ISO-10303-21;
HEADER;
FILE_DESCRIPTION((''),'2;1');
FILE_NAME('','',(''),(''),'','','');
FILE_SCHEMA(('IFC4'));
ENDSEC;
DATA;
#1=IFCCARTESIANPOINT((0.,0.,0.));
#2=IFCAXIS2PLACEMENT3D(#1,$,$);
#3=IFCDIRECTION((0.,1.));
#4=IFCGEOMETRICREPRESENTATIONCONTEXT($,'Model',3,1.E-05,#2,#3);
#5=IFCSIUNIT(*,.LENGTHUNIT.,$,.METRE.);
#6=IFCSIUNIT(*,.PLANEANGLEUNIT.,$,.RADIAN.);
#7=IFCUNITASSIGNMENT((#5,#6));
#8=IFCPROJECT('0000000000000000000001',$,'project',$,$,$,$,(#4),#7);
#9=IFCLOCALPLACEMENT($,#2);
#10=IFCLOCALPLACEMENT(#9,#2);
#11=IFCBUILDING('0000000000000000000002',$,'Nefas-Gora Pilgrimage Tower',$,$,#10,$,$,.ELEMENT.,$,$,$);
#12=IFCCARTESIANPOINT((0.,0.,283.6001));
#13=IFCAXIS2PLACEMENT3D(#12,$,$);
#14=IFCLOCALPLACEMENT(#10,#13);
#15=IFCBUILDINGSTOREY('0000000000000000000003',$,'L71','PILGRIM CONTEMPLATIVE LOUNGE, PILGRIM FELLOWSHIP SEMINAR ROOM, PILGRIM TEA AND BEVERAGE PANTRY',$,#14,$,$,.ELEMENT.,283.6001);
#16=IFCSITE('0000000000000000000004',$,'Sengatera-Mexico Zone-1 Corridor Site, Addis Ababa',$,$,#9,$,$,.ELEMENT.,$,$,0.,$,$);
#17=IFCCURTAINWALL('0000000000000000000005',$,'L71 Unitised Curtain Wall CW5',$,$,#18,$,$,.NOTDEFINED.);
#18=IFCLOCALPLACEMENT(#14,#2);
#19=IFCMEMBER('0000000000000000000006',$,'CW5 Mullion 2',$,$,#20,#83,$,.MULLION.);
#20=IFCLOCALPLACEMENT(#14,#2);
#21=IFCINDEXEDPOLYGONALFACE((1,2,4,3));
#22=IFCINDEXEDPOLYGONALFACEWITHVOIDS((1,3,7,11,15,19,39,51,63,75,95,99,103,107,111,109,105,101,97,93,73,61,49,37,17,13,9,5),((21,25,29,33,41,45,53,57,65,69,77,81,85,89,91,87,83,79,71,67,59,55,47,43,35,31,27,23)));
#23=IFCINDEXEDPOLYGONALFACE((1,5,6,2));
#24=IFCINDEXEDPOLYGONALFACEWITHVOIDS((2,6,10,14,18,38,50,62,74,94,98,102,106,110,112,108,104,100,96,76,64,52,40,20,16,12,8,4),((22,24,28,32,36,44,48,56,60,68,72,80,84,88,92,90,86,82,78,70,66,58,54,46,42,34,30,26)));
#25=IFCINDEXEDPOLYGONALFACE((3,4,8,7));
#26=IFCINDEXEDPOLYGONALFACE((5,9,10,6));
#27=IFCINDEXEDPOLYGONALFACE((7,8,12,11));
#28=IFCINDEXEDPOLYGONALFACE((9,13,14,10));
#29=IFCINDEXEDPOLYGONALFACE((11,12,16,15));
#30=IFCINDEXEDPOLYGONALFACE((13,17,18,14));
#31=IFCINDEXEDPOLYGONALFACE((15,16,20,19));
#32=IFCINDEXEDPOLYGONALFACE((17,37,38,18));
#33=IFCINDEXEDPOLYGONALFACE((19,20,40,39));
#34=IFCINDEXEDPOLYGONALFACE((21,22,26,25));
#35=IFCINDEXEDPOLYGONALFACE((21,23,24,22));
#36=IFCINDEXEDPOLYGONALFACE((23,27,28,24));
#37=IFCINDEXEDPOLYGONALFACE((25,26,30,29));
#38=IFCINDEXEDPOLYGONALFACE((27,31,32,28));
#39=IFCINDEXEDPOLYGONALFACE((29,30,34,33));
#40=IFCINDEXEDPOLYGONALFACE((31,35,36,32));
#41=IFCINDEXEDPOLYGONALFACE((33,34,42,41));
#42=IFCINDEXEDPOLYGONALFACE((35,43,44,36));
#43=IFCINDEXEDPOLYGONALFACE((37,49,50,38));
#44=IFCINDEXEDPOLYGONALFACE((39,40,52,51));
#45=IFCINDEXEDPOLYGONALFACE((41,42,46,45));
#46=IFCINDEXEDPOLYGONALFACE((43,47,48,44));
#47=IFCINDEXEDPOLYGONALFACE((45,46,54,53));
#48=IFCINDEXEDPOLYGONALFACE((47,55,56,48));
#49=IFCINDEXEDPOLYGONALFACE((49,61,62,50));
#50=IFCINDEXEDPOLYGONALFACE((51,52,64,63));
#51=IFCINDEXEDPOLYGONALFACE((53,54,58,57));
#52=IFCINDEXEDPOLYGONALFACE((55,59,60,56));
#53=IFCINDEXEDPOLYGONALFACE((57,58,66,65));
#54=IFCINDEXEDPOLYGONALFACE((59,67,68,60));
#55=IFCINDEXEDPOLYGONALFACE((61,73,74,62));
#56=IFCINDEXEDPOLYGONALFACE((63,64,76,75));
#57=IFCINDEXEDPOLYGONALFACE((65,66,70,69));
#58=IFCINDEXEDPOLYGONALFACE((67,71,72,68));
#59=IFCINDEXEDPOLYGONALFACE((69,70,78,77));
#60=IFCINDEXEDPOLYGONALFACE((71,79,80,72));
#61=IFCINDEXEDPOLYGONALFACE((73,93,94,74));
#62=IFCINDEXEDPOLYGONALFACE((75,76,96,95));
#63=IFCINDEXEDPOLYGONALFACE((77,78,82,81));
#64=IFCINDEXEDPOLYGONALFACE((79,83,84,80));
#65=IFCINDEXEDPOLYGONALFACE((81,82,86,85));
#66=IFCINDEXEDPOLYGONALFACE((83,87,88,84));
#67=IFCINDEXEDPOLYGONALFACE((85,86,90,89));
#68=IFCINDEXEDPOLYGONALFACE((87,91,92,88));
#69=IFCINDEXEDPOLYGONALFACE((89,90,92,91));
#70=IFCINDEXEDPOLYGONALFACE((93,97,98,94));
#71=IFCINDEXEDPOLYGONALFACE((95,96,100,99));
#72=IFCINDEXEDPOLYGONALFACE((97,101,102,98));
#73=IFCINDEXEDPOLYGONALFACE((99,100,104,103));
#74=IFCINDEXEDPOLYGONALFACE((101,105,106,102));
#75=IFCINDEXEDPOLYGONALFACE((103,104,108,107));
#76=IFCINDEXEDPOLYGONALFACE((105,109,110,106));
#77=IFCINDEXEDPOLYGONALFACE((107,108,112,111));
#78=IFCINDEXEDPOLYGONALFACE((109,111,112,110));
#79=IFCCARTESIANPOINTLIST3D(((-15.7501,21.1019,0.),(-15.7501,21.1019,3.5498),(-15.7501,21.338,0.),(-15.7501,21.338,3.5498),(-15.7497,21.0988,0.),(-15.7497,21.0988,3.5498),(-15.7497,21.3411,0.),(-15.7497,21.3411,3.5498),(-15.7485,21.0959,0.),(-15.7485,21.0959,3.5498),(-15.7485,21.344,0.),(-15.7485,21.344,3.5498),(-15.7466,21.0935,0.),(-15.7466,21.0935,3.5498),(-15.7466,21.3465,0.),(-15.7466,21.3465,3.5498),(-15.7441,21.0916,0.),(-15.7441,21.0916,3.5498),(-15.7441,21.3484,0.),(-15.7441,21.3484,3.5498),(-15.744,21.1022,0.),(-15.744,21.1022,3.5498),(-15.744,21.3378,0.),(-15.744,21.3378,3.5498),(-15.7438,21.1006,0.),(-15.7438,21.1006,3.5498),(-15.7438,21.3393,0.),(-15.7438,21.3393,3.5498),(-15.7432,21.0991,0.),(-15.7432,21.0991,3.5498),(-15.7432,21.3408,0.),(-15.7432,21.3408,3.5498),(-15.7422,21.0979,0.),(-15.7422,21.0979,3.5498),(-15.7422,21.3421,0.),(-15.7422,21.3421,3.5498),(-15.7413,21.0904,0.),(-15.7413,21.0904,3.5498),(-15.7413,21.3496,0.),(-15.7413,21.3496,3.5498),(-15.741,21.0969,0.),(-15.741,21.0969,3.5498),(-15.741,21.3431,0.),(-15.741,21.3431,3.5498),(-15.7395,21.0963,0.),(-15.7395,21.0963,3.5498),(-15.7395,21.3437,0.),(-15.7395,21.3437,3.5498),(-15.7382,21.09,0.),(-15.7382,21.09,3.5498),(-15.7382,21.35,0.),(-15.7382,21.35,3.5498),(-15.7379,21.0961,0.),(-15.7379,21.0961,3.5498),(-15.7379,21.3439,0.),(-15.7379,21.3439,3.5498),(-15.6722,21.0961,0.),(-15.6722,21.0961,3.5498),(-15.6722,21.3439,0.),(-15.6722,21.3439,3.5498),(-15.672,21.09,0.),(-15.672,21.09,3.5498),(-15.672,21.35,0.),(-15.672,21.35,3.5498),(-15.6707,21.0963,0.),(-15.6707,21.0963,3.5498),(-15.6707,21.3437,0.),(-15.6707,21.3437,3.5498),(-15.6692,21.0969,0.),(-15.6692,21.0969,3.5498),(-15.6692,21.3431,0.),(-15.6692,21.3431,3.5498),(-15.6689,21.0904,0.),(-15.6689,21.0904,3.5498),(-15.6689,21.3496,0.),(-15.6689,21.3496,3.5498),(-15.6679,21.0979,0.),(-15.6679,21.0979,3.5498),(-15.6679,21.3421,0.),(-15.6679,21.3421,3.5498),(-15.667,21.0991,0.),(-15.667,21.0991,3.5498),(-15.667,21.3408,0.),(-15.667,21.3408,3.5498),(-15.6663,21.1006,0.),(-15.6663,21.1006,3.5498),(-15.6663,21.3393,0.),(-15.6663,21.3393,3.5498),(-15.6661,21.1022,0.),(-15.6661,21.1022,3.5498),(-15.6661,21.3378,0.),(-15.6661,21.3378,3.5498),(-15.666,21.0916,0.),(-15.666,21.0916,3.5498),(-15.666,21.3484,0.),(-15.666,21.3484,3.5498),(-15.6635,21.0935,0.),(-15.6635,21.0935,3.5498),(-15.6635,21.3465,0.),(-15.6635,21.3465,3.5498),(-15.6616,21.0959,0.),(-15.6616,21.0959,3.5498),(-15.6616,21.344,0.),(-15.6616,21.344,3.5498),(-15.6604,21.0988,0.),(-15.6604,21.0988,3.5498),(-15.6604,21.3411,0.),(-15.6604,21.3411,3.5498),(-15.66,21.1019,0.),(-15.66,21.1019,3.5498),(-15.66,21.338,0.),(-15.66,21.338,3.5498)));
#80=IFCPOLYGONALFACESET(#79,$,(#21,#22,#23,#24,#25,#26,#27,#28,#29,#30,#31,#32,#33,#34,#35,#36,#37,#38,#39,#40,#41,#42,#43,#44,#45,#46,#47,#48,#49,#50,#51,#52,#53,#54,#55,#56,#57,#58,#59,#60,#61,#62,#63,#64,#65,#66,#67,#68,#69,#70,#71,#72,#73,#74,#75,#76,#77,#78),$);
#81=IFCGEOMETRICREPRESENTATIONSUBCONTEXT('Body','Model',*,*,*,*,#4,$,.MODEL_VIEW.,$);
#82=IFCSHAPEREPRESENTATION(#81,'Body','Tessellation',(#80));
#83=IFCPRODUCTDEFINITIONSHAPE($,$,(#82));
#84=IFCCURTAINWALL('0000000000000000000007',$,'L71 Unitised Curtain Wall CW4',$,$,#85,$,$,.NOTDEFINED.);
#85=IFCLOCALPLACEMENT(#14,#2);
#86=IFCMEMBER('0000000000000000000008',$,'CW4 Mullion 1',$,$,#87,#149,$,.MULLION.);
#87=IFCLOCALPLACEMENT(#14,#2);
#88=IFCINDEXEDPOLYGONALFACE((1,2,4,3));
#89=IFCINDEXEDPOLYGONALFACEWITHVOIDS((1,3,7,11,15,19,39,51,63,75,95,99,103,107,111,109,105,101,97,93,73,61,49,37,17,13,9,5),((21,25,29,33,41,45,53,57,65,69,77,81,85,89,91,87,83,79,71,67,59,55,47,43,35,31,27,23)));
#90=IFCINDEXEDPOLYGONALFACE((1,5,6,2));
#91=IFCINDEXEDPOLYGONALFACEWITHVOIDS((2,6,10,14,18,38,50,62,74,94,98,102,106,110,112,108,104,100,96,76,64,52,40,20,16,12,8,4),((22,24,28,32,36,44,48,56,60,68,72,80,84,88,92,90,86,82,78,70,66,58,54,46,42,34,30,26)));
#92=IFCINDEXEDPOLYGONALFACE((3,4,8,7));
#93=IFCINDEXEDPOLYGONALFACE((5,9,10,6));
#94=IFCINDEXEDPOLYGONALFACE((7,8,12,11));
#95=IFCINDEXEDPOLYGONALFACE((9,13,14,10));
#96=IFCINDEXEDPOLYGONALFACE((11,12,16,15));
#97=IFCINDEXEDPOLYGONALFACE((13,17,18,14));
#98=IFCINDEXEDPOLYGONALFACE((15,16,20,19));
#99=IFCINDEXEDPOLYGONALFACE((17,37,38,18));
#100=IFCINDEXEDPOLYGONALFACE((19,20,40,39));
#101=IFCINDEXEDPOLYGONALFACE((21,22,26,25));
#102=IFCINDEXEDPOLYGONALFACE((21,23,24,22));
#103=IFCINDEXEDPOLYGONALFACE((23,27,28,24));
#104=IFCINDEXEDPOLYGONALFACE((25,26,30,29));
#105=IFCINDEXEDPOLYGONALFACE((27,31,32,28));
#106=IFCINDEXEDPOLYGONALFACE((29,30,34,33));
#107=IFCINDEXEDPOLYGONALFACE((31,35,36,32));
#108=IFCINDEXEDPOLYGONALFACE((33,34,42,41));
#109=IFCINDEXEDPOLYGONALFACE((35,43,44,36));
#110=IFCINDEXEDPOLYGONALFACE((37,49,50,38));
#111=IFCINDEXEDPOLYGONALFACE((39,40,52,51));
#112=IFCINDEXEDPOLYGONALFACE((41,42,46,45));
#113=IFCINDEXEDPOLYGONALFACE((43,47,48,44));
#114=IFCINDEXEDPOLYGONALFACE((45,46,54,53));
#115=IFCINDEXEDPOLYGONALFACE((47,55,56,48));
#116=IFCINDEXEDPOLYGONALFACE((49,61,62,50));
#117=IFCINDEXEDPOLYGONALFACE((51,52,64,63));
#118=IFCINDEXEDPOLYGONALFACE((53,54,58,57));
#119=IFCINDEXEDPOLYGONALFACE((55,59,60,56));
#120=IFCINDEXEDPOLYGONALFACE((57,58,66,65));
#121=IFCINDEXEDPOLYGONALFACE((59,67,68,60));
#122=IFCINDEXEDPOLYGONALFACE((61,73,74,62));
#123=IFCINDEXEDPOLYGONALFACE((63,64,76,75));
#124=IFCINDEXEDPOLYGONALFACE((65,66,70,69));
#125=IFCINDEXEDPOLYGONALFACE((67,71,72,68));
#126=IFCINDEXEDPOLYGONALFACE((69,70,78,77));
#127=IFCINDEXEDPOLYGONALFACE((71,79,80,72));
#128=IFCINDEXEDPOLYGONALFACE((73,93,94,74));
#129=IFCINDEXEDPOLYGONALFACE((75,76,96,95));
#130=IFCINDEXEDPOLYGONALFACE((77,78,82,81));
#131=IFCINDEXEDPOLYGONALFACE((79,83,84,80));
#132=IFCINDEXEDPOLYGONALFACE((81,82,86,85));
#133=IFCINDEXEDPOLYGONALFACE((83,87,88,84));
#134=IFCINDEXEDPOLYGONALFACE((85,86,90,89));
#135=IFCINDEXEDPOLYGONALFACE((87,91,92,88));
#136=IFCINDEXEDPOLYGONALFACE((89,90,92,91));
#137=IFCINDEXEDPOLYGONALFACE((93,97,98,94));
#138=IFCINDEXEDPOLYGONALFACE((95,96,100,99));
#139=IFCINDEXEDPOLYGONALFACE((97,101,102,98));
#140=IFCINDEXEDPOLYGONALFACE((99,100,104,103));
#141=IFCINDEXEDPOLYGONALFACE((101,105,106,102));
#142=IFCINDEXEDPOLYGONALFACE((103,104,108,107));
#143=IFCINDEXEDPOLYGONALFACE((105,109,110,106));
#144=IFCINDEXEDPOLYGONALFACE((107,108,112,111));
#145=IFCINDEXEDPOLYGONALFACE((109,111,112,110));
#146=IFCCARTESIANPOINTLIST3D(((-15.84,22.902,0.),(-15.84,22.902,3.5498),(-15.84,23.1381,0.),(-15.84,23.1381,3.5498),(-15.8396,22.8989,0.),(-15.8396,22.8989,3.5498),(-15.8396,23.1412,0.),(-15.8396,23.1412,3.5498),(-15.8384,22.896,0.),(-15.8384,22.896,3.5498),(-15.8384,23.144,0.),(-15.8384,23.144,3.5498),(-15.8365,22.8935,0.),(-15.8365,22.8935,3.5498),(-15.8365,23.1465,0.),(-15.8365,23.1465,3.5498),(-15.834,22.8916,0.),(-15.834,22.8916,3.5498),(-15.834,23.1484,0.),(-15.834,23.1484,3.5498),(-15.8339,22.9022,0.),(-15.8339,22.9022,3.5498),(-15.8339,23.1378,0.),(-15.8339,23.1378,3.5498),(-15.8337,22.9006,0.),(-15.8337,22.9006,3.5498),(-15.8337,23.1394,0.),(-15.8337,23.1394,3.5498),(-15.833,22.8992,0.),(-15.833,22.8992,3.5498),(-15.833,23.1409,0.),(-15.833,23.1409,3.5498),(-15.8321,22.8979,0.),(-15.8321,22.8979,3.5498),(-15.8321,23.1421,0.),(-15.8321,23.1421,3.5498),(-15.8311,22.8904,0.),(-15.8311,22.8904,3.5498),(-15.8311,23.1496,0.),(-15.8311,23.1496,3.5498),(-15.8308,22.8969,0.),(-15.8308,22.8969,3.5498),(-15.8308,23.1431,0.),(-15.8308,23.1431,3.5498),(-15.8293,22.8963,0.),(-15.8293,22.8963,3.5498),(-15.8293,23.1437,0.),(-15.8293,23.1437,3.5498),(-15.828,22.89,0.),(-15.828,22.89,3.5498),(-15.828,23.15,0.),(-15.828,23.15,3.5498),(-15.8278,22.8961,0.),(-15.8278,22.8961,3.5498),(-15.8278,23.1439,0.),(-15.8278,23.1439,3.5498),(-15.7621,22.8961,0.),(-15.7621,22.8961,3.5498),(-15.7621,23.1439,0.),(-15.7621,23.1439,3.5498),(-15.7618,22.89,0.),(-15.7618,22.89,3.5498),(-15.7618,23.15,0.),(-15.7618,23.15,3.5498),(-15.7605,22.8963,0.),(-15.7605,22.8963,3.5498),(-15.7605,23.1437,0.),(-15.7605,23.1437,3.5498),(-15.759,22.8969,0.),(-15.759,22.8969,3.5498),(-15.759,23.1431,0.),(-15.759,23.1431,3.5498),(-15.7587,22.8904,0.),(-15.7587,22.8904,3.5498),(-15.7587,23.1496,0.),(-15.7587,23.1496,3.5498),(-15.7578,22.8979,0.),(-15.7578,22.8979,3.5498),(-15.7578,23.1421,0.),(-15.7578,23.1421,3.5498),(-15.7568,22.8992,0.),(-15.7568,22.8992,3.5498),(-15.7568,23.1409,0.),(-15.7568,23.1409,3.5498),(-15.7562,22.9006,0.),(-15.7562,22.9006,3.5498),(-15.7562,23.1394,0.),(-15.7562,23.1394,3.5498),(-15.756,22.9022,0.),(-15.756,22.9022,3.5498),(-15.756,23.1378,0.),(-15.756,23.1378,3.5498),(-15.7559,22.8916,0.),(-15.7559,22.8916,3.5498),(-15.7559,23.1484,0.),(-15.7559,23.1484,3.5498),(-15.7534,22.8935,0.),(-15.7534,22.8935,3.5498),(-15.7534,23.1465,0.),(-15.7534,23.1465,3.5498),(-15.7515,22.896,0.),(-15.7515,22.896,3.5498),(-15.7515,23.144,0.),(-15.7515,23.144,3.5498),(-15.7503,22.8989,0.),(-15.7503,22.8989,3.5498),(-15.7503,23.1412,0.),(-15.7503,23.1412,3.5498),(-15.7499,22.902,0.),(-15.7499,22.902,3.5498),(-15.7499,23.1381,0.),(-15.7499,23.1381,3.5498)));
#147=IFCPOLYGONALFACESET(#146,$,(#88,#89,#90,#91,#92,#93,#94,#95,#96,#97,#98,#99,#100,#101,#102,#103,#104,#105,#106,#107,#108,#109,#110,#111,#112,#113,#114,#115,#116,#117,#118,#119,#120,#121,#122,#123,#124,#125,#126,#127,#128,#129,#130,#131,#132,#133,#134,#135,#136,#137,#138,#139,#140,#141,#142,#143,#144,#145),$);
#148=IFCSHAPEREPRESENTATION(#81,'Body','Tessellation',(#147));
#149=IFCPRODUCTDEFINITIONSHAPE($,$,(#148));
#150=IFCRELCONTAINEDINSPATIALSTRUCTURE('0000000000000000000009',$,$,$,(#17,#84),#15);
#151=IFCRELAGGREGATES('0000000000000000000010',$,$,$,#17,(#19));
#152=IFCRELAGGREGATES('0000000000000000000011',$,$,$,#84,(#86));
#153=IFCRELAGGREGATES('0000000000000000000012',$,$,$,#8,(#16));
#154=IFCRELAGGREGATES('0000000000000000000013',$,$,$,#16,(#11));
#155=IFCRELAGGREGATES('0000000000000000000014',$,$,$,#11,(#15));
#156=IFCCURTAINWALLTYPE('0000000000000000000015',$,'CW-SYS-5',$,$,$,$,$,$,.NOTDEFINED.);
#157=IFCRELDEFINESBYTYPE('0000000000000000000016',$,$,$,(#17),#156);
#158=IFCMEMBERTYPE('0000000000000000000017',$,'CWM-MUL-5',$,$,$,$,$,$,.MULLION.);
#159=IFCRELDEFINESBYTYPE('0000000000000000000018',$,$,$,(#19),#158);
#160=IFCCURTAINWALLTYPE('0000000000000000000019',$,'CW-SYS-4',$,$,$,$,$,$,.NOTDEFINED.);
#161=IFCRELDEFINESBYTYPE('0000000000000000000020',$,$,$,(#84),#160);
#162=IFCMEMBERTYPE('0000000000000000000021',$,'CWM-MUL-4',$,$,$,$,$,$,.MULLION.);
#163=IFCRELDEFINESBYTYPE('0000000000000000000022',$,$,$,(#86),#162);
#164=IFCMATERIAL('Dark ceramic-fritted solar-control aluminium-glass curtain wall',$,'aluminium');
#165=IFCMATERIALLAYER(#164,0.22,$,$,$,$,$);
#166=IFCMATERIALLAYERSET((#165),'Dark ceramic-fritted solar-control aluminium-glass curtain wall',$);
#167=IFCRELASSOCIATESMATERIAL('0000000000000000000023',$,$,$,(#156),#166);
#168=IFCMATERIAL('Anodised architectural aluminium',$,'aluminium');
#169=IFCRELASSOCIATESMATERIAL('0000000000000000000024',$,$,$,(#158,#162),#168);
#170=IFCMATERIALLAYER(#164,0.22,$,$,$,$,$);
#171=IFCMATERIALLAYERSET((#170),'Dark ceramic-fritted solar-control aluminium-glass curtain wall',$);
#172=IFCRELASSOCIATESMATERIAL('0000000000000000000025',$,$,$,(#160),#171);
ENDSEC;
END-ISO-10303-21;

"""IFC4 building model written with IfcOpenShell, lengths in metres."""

from ifc_helpers import new_model, si_unit, direction, frame, origin, origin_2d, place, context, subcontext, project, spatial, hollow_rectangle, extrude, source, transform, mapped, material, layer, layer_set, material_profile, profile_set, type_object, element, aggregate, save


model = new_model("IFC4")

# Units and contexts
model_context = context("Model", 3, precision=1e-05, world=origin(), true_north=direction((0.0, 1.0)))
body_context = subcontext(model_context, "Body", "Model", "MODEL_VIEW")
ifc_project = project(units=[si_unit("LENGTHUNIT", "METRE"), si_unit("PLANEANGLEUNIT", "RADIAN")], contexts=[model_context])

# Site, building, storey
site_placement = place(None, origin())
site = spatial("IfcSite", under=ifc_project, at=site_placement, Name="Sengatera-Mexico Zone-1 Corridor Site, Addis Ababa", CompositionType="ELEMENT", RefElevation=0.0)
building_placement = place(site_placement, origin())
building = spatial("IfcBuilding", under=site, at=building_placement, Name="Nefas-Gora Pilgrimage Tower", CompositionType="ELEMENT")
storey_placement = place(building_placement, frame((0.0, 0.0, 283.6001)))
storey = spatial("IfcBuildingStorey", under=building, at=storey_placement, Name="L71", Description="PILGRIM CONTEMPLATIVE LOUNGE, PILGRIM FELLOWSHIP SEMINAR ROOM, PILGRIM TEA AND BEVERAGE PANTRY", CompositionType="ELEMENT", Elevation=283.6001)

# Curtain wall, member
ifc_material_1 = material(Name="Dark ceramic-fritted solar-control aluminium-glass curtain wall", Category="aluminium")
ifc_layer_1 = layer(ifc_material_1, 0.22)
ifc_layer_set_1 = layer_set([ifc_layer_1], Name="Dark ceramic-fritted solar-control aluminium-glass curtain wall")
curtain_wall_type_1 = type_object("IfcCurtainWallType", Name="CW-SYS-5", PredefinedType="NOTDEFINED", material=ifc_layer_set_1)
curtain_wall_1_placement = place(storey_placement, origin())
curtain_wall_1 = element("IfcCurtainWall", 1, at=curtain_wall_1_placement, inside=storey, type_object=curtain_wall_type_1, Name="L71 Unitised Curtain Wall CW5", PredefinedType="NOTDEFINED")
ifc_material_2 = material(Name="Anodised architectural aluminium", Category="aluminium")
ifc_material_profile_1 = material_profile(ifc_material_2, hollow_rectangle(XDim=0.0901, YDim=0.26, WallThickness=0.0061, InnerFilletRadius=0.0061, OuterFilletRadius=0.012, at=origin_2d()), Name="ALU MULLION 90x260")
ifc_profile_set_1 = profile_set([ifc_material_profile_1], Name="Anodised architectural aluminium")
member_type_1 = type_object("IfcMemberType", Name="CWM-MUL-5", PredefinedType="MULLION", material=ifc_profile_set_1)
shared_shape_1 = source(origin(), body_context, "Body", "SweptSolid", [
    extrude(hollow_rectangle(XDim=0.0901, YDim=0.26, WallThickness=0.0061, InnerFilletRadius=0.0061, OuterFilletRadius=0.012, at=origin_2d()), origin(), (0.0, 0.0, 1.0), 3.5498),
])
member_1_placement = place(storey_placement, frame((-15.7051, 21.22, 0.0), z_axis=(0.0, 0.0, 1.0), x_axis=(-1.0, 0.0, 0.0)))
member_1 = element("IfcMember", 2, at=member_1_placement, type_object=member_type_1, Name="CW5 Mullion 2", PredefinedType="MULLION", context=body_context, shape_type="MappedRepresentation", body=[
    mapped(shared_shape_1, transform((0.0, 0.0, 0.0), x_axis=(1.0, 0.0, 0.0), y_axis=(0.0, 1.0, 0.0), z_axis=(0.0, 0.0, 1.0), scale=1.0)),
])

# Curtain wall, member
ifc_layer_2 = layer(ifc_material_1, 0.22)
ifc_layer_set_2 = layer_set([ifc_layer_2], Name="Dark ceramic-fritted solar-control aluminium-glass curtain wall")
curtain_wall_type_2 = type_object("IfcCurtainWallType", Name="CW-SYS-4", PredefinedType="NOTDEFINED", material=ifc_layer_set_2)
curtain_wall_2_placement = place(storey_placement, origin())
curtain_wall_2 = element("IfcCurtainWall", 3, at=curtain_wall_2_placement, inside=storey, type_object=curtain_wall_type_2, Name="L71 Unitised Curtain Wall CW4", PredefinedType="NOTDEFINED")
ifc_material_profile_2 = material_profile(ifc_material_2, hollow_rectangle(XDim=0.0901, YDim=0.26, WallThickness=0.0061, InnerFilletRadius=0.0061, OuterFilletRadius=0.012, at=origin_2d()), Name="ALU MULLION 90x260")
ifc_profile_set_2 = profile_set([ifc_material_profile_2], Name="Anodised architectural aluminium")
member_type_2 = type_object("IfcMemberType", Name="CWM-MUL-4", PredefinedType="MULLION", material=ifc_profile_set_2)
shared_shape_2 = source(origin(), body_context, "Body", "SweptSolid", [
    extrude(hollow_rectangle(XDim=0.0901, YDim=0.26, WallThickness=0.0061, InnerFilletRadius=0.0061, OuterFilletRadius=0.012, at=origin_2d()), origin(), (0.0, 0.0, 1.0), 3.5498),
])
member_2_placement = place(storey_placement, frame((-15.7949, 23.02, 0.0), z_axis=(0.0, 0.0, 1.0), x_axis=(-1.0, 0.0, 0.0)))
member_2 = element("IfcMember", 4, at=member_2_placement, type_object=member_type_2, Name="CW4 Mullion 1", PredefinedType="MULLION", context=body_context, shape_type="MappedRepresentation", body=[
    mapped(shared_shape_2, transform((0.0, 0.0, 0.0), x_axis=(1.0, 0.0, 0.0), y_axis=(0.0, 1.0, 0.0), z_axis=(0.0, 0.0, 1.0), scale=1.0)),
])

aggregate(curtain_wall_1, [member_1])
aggregate(curtain_wall_2, [member_2])

save(model, "model.ifc")
